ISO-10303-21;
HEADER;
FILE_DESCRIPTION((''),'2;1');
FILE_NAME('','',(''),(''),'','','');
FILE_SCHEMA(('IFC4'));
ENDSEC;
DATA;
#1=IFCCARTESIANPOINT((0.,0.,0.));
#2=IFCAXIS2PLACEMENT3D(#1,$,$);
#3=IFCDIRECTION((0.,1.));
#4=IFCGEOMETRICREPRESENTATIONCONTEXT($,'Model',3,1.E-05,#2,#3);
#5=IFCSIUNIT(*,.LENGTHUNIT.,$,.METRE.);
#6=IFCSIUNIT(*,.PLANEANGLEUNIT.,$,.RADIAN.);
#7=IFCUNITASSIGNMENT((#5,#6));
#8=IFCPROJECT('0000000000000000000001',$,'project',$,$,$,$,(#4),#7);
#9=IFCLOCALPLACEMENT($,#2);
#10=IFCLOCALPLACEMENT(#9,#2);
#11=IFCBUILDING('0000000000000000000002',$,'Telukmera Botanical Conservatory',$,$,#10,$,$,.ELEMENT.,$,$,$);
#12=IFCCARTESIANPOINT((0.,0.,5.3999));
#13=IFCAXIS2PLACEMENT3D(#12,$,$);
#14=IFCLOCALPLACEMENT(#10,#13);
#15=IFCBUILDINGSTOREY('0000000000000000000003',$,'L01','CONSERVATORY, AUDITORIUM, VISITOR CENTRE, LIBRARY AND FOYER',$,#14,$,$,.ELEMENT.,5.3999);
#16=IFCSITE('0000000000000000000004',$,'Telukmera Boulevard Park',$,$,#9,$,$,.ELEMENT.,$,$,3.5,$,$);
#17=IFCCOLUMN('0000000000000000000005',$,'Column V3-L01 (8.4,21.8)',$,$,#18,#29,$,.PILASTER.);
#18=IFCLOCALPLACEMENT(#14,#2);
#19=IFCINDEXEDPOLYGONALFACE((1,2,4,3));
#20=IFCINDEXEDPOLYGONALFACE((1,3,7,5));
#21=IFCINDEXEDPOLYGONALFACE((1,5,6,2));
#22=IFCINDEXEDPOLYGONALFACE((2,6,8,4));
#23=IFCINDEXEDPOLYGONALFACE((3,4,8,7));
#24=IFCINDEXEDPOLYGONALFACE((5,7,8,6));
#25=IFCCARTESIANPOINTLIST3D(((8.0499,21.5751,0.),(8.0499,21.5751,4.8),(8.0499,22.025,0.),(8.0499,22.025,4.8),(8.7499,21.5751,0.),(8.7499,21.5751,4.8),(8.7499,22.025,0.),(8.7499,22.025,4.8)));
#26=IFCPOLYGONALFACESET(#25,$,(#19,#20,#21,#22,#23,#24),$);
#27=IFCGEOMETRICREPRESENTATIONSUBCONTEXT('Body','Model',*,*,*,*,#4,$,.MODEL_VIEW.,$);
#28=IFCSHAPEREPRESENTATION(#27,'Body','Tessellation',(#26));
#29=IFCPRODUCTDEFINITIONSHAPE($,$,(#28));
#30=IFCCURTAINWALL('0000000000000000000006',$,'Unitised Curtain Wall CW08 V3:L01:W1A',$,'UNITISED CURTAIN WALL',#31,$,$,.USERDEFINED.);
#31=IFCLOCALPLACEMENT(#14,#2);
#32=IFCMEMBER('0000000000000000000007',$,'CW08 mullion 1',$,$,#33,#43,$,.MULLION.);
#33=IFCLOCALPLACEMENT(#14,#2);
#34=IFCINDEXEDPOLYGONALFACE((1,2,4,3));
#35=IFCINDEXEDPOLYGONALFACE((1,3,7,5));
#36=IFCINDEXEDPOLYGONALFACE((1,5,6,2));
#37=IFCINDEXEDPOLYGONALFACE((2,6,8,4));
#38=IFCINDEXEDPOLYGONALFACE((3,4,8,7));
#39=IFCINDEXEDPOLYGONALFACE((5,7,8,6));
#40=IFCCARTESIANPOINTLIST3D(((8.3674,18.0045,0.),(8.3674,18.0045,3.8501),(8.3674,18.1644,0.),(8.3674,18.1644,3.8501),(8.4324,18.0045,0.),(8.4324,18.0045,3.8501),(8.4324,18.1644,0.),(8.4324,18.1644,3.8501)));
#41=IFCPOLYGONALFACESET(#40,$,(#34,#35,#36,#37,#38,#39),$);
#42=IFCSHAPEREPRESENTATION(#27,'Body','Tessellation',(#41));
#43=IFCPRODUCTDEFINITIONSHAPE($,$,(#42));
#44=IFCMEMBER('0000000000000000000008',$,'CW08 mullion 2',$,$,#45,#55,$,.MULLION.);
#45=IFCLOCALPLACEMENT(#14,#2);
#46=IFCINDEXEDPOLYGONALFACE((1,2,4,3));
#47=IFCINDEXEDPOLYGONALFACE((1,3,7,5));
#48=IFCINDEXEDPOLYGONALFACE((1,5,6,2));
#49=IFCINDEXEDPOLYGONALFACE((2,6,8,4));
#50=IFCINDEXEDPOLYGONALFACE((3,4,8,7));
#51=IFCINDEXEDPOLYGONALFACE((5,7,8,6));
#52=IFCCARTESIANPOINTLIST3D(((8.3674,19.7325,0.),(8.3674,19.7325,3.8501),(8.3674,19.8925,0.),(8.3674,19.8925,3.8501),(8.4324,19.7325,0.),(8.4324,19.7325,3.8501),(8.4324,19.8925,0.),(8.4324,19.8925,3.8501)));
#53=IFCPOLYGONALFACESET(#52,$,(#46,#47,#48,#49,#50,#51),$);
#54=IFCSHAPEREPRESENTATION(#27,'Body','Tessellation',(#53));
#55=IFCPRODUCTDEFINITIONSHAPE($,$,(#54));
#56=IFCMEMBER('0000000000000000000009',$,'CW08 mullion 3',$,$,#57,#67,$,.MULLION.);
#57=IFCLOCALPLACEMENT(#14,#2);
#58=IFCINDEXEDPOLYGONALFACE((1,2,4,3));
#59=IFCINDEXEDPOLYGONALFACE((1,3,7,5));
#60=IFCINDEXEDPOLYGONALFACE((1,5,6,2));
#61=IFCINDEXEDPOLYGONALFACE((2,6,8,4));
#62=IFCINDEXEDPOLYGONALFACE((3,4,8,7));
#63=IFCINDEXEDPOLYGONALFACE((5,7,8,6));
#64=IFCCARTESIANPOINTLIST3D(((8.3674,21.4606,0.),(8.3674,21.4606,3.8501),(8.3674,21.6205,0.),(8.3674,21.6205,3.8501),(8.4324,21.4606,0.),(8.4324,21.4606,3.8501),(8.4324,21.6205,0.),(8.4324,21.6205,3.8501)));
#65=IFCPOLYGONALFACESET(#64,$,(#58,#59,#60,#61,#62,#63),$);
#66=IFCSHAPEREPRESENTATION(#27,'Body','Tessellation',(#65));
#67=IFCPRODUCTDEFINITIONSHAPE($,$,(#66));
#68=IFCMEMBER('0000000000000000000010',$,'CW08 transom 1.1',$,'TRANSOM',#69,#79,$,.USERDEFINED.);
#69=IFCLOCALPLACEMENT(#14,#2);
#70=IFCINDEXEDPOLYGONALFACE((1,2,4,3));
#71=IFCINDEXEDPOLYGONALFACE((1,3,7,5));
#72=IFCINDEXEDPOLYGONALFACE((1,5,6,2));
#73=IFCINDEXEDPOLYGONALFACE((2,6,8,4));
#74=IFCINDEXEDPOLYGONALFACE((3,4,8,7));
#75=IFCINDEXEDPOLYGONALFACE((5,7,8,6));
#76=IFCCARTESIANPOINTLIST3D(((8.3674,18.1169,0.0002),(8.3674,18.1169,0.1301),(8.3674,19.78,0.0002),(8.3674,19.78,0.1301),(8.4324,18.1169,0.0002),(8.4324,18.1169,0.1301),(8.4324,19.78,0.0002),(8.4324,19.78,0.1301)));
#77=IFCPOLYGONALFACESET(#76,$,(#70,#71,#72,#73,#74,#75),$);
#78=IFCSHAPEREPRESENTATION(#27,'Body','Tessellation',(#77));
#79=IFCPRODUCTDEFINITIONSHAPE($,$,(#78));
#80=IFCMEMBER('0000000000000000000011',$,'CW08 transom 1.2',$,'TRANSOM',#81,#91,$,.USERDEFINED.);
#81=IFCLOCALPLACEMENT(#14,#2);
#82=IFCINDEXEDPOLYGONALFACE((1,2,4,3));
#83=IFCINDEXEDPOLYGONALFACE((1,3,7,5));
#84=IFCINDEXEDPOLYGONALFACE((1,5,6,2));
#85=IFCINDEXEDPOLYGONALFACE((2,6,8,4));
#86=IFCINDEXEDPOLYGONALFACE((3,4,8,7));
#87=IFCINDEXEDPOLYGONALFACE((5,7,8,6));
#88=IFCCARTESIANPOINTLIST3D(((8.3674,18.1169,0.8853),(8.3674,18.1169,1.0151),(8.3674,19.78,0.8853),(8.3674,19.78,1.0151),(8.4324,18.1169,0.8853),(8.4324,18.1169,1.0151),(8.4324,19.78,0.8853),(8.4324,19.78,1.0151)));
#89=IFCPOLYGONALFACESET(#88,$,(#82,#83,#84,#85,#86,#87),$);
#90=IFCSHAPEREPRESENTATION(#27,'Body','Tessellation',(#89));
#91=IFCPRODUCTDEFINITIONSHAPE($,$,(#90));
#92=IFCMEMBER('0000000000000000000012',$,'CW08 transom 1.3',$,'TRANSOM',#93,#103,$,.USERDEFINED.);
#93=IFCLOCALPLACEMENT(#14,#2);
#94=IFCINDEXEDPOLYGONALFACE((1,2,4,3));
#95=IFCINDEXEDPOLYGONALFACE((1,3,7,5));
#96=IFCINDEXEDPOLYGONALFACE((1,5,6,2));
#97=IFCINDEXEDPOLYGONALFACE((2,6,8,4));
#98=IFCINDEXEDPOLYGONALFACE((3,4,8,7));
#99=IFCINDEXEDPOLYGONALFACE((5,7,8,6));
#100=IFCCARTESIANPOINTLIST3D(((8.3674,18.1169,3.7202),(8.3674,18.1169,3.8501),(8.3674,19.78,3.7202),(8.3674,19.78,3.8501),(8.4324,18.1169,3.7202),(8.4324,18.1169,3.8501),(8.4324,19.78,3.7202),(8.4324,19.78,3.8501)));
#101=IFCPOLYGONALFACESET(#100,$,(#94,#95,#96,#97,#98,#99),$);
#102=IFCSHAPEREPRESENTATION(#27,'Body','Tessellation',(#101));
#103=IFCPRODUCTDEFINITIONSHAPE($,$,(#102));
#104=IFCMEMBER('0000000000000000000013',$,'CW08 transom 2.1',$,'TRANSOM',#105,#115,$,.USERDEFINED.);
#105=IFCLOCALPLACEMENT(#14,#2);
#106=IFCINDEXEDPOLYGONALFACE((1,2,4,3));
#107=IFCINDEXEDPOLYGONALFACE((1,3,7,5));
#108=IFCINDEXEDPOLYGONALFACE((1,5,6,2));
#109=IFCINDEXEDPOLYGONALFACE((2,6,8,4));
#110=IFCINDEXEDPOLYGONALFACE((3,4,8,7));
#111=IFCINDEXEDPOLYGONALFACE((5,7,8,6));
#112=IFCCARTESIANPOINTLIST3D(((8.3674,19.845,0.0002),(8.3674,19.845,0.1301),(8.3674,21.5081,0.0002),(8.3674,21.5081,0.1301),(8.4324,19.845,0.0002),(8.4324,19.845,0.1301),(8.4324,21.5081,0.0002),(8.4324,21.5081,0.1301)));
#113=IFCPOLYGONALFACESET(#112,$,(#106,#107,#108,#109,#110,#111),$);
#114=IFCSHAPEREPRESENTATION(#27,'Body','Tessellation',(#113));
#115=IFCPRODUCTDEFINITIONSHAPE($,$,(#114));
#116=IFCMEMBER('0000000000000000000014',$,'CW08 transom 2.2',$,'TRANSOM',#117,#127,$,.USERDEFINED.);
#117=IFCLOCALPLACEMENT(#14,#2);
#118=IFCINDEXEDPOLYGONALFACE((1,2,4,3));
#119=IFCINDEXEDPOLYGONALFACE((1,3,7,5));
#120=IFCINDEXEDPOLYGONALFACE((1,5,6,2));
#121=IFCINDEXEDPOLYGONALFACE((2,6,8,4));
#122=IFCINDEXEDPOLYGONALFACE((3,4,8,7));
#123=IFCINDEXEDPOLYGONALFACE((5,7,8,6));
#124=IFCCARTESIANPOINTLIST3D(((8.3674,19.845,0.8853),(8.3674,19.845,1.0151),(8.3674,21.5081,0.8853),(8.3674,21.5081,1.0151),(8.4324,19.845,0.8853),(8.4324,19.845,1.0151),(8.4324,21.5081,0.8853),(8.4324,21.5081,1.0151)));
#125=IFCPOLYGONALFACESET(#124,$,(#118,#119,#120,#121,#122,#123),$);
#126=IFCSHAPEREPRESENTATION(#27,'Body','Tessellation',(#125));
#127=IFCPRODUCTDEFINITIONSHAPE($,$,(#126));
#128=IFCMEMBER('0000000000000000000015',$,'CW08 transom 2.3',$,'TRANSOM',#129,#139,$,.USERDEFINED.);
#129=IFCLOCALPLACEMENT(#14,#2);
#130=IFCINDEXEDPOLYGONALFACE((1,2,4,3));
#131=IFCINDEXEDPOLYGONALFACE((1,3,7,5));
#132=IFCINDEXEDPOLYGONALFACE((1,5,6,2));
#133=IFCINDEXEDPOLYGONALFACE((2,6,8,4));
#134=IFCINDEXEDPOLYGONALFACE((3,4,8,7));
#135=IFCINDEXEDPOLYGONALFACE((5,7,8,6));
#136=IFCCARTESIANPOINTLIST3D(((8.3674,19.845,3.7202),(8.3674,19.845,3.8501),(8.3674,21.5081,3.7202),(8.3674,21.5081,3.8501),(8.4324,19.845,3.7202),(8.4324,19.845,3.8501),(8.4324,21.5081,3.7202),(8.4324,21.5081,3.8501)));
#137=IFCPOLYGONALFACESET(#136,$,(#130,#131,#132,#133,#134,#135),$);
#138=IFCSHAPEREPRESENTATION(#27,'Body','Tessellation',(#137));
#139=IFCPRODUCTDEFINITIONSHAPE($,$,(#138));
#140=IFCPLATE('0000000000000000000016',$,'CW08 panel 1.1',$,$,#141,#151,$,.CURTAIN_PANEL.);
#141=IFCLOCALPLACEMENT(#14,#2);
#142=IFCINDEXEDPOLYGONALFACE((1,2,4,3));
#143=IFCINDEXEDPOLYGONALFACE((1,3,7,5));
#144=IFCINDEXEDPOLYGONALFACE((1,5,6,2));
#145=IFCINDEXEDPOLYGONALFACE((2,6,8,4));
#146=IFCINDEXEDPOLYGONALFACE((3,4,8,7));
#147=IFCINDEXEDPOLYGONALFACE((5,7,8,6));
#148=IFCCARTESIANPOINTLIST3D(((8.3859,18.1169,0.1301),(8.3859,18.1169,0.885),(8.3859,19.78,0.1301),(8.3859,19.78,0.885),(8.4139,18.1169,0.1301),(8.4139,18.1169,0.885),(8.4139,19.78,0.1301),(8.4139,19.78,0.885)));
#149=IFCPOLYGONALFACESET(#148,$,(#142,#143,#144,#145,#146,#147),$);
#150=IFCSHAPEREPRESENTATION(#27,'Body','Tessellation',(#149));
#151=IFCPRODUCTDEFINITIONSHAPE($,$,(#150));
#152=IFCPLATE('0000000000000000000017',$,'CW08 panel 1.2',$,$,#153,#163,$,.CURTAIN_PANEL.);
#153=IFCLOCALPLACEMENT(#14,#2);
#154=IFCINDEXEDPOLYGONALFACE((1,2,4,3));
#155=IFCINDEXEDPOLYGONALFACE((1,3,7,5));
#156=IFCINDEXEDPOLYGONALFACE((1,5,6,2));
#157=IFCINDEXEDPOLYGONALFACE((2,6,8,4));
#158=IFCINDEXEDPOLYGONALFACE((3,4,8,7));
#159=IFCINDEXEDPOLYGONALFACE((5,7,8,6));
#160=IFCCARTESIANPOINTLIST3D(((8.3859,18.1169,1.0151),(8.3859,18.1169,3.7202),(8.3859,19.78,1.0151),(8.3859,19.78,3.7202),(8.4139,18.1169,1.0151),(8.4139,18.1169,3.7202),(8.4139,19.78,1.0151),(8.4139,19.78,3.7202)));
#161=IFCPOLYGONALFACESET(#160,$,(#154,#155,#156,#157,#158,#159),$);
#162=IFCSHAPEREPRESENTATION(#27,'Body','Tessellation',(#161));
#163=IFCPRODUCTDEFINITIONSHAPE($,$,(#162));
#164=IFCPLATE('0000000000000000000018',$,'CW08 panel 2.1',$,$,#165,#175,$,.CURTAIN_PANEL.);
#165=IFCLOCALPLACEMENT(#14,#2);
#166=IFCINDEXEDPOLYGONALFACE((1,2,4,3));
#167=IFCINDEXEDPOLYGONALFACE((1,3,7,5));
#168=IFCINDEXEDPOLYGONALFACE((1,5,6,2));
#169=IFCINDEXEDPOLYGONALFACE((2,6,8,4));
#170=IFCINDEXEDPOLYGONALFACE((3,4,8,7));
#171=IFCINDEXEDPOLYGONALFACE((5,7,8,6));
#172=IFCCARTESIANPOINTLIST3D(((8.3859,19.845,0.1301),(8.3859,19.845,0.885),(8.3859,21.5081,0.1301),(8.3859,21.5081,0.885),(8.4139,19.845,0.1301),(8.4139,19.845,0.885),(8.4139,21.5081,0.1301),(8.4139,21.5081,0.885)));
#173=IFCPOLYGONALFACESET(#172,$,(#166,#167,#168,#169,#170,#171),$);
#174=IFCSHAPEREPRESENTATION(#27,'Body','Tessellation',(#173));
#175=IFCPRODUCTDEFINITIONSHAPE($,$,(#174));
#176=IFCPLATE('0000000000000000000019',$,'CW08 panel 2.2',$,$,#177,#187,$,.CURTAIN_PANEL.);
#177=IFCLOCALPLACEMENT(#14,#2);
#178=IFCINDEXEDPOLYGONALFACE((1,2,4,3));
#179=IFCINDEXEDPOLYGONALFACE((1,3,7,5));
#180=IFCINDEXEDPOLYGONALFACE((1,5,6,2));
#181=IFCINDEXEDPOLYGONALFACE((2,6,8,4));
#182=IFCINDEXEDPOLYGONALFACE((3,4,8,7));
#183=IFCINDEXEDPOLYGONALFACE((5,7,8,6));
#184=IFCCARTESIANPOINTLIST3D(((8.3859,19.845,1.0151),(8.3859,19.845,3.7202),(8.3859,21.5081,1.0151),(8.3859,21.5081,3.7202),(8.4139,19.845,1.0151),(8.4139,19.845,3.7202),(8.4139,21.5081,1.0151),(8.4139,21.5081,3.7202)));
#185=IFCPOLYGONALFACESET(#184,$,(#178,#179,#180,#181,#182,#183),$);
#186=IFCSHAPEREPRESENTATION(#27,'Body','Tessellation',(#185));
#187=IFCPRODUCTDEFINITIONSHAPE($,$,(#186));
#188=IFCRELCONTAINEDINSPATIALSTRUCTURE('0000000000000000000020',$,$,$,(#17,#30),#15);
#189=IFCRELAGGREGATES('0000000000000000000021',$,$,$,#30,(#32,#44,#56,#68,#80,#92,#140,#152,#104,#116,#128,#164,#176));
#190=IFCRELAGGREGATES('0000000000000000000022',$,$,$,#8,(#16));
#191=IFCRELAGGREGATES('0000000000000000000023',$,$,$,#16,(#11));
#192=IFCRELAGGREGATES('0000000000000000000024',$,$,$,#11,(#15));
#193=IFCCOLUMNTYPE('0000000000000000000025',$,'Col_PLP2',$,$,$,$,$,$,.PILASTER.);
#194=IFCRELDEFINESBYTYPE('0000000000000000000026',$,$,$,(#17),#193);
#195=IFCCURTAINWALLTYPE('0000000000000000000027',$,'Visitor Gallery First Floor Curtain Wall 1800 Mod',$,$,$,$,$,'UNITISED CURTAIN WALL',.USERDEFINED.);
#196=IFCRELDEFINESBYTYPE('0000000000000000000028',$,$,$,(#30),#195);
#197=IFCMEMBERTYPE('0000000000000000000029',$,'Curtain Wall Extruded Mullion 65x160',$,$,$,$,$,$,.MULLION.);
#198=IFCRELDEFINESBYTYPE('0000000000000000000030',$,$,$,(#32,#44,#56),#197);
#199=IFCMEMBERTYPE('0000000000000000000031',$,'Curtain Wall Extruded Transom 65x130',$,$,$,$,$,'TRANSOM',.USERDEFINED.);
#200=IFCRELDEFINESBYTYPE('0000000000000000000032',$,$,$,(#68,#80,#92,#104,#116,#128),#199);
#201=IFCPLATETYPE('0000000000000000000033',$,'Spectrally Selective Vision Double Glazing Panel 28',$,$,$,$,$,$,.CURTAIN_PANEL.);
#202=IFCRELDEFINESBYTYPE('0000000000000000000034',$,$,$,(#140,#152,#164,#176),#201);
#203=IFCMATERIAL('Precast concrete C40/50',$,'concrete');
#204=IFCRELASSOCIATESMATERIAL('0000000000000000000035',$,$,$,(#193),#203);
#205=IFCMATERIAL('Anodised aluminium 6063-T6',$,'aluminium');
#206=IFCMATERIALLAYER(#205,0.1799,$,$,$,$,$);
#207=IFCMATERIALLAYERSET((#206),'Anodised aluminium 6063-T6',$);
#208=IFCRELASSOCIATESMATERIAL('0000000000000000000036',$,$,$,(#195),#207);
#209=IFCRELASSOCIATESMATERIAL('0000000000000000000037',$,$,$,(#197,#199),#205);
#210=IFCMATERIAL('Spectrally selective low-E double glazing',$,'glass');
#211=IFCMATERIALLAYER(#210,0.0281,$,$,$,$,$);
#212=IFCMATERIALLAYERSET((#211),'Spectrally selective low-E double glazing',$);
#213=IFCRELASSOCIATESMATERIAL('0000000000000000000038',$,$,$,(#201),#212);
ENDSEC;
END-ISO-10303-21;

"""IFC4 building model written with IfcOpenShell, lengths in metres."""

from ifc_helpers import new_model, si_unit, direction, frame, origin, origin_2d, place, context, subcontext, project, spatial, rectangle, extrude, material, layer, layer_set, material_profile, profile_set, type_object, element, aggregate, save


model = new_model("IFC4")

# Units and contexts
model_context = context("Model", 3, precision=1e-05, world=origin(), true_north=direction((0.0, 1.0)))
body_context = subcontext(model_context, "Body", "Model", "MODEL_VIEW")
ifc_project = project(units=[si_unit("LENGTHUNIT", "METRE"), si_unit("PLANEANGLEUNIT", "RADIAN")], contexts=[model_context])

# Site, building, storey
site_placement = place(None, origin())
site = spatial("IfcSite", under=ifc_project, at=site_placement, Name="Telukmera Boulevard Park", CompositionType="ELEMENT", RefElevation=3.5)
building_placement = place(site_placement, origin())
building = spatial("IfcBuilding", under=site, at=building_placement, Name="Telukmera Botanical Conservatory", CompositionType="ELEMENT")
storey_placement = place(building_placement, frame((0.0, 0.0, 5.3999)))
storey = spatial("IfcBuildingStorey", under=building, at=storey_placement, Name="L01", Description="CONSERVATORY, AUDITORIUM, VISITOR CENTRE, LIBRARY AND FOYER", CompositionType="ELEMENT", Elevation=5.3999)

# Column
ifc_material_1 = material(Name="Precast concrete C40/50", Category="concrete")
ifc_material_profile_1 = material_profile(ifc_material_1, rectangle(XDim=0.7, YDim=0.45, at=origin_2d()), Name="PC 700x450")
ifc_profile_set_1 = profile_set([ifc_material_profile_1], Name="Precast concrete C40/50")
column_type = type_object("IfcColumnType", Name="Col_PLP2", PredefinedType="PILASTER", material=ifc_profile_set_1)
column_placement = place(storey_placement, frame((8.3999, 21.8, 0.0), z_axis=(0.0, 0.0, 1.0), x_axis=(1.0, 0.0, 0.0)))
element("IfcColumn", 1, at=column_placement, inside=storey, type_object=column_type, Name="Column V3-L01 (8.4,21.8)", PredefinedType="PILASTER", context=body_context, shape_type="SweptSolid", body=[
    extrude(rectangle(XDim=0.7, YDim=0.45, at=origin_2d()), origin(), (0.0, 0.0, 1.0), 4.8),
])

# Curtain wall, members, plates
ifc_material_2 = material(Name="Anodised aluminium 6063-T6", Category="aluminium")
ifc_layer_1 = layer(ifc_material_2, 0.1799)
ifc_layer_set_1 = layer_set([ifc_layer_1], Name="Anodised aluminium 6063-T6")
curtain_wall_type = type_object("IfcCurtainWallType", Name="Visitor Gallery First Floor Curtain Wall 1800 Mod", ElementType="UNITISED CURTAIN WALL", PredefinedType="USERDEFINED", material=ifc_layer_set_1)
curtain_wall_placement = place(storey_placement, origin())
curtain_wall = element("IfcCurtainWall", 2, at=curtain_wall_placement, inside=storey, type_object=curtain_wall_type, Name="Unitised Curtain Wall CW08 V3:L01:W1A", ObjectType="UNITISED CURTAIN WALL", PredefinedType="USERDEFINED")
ifc_material_profile_2 = material_profile(ifc_material_2, rectangle(XDim=0.0649, YDim=0.1599, at=origin_2d()), Name="ALU MULL 65x160")
ifc_profile_set_2 = profile_set([ifc_material_profile_2], Name="Anodised aluminium 6063-T6")
member_type_1 = type_object("IfcMemberType", Name="Curtain Wall Extruded Mullion 65x160", PredefinedType="MULLION", material=ifc_profile_set_2)
member_1_placement = place(storey_placement, frame((8.3999, 18.0845, 0.0), z_axis=(0.0, 0.0, 1.0), x_axis=(-1.0, 0.0, 0.0)))
member_1 = element("IfcMember", 3, at=member_1_placement, type_object=member_type_1, Name="CW08 mullion 1", PredefinedType="MULLION", context=body_context, shape_type="SweptSolid", body=[
    extrude(rectangle(XDim=0.0649, YDim=0.1599, at=origin_2d()), origin(), (0.0, 0.0, 1.0), 3.8501),
])
member_2_placement = place(storey_placement, frame((8.3999, 19.8125, 0.0), z_axis=(0.0, 0.0, 1.0), x_axis=(-1.0, 0.0, 0.0)))
member_2 = element("IfcMember", 4, at=member_2_placement, type_object=member_type_1, Name="CW08 mullion 2", PredefinedType="MULLION", context=body_context, shape_type="SweptSolid", body=[
    extrude(rectangle(XDim=0.0649, YDim=0.1599, at=origin_2d()), origin(), (0.0, 0.0, 1.0), 3.8501),
])
member_3_placement = place(storey_placement, frame((8.3999, 21.5405, 0.0), z_axis=(0.0, 0.0, 1.0), x_axis=(-1.0, 0.0, 0.0)))
member_3 = element("IfcMember", 5, at=member_3_placement, type_object=member_type_1, Name="CW08 mullion 3", PredefinedType="MULLION", context=body_context, shape_type="SweptSolid", body=[
    extrude(rectangle(XDim=0.0649, YDim=0.1599, at=origin_2d()), origin(), (0.0, 0.0, 1.0), 3.8501),
])
ifc_material_profile_3 = material_profile(ifc_material_2, rectangle(XDim=0.0649, YDim=0.1299, at=origin_2d()), Name="ALU TRAN 65x130")
ifc_profile_set_3 = profile_set([ifc_material_profile_3], Name="Anodised aluminium 6063-T6")
member_type_2 = type_object("IfcMemberType", Name="Curtain Wall Extruded Transom 65x130", ElementType="TRANSOM", PredefinedType="USERDEFINED", material=ifc_profile_set_3)
member_4_placement = place(storey_placement, frame((8.3999, 18.1169, 0.0652), z_axis=(0.0, 1.0, 0.0), x_axis=(-1.0, 0.0, 0.0)))
member_4 = element("IfcMember", 6, at=member_4_placement, type_object=member_type_2, Name="CW08 transom 1.1", ObjectType="TRANSOM", PredefinedType="USERDEFINED", context=body_context, shape_type="SweptSolid", body=[
    extrude(rectangle(XDim=0.0649, YDim=0.1299, at=origin_2d()), origin(), (0.0, 0.0, 1.0), 1.6631),
])
member_5_placement = place(storey_placement, frame((8.3999, 18.1169, 0.9502), z_axis=(0.0, 1.0, 0.0), x_axis=(-1.0, 0.0, 0.0)))
member_5 = element("IfcMember", 7, at=member_5_placement, type_object=member_type_2, Name="CW08 transom 1.2", ObjectType="TRANSOM", PredefinedType="USERDEFINED", context=body_context, shape_type="SweptSolid", body=[
    extrude(rectangle(XDim=0.0649, YDim=0.1299, at=origin_2d()), origin(), (0.0, 0.0, 1.0), 1.6631),
])
member_6_placement = place(storey_placement, frame((8.3999, 18.1169, 3.7852), z_axis=(0.0, 1.0, 0.0), x_axis=(-1.0, 0.0, 0.0)))
member_6 = element("IfcMember", 8, at=member_6_placement, type_object=member_type_2, Name="CW08 transom 1.3", ObjectType="TRANSOM", PredefinedType="USERDEFINED", context=body_context, shape_type="SweptSolid", body=[
    extrude(rectangle(XDim=0.0649, YDim=0.1299, at=origin_2d()), origin(), (0.0, 0.0, 1.0), 1.6631),
])
member_7_placement = place(storey_placement, frame((8.3999, 19.845, 0.0652), z_axis=(0.0, 1.0, 0.0), x_axis=(-1.0, 0.0, 0.0)))
member_7 = element("IfcMember", 9, at=member_7_placement, type_object=member_type_2, Name="CW08 transom 2.1", ObjectType="TRANSOM", PredefinedType="USERDEFINED", context=body_context, shape_type="SweptSolid", body=[
    extrude(rectangle(XDim=0.0649, YDim=0.1299, at=origin_2d()), origin(), (0.0, 0.0, 1.0), 1.6631),
])
member_8_placement = place(storey_placement, frame((8.3999, 19.845, 0.9502), z_axis=(0.0, 1.0, 0.0), x_axis=(-1.0, 0.0, 0.0)))
member_8 = element("IfcMember", 10, at=member_8_placement, type_object=member_type_2, Name="CW08 transom 2.2", ObjectType="TRANSOM", PredefinedType="USERDEFINED", context=body_context, shape_type="SweptSolid", body=[
    extrude(rectangle(XDim=0.0649, YDim=0.1299, at=origin_2d()), origin(), (0.0, 0.0, 1.0), 1.6631),
])
member_9_placement = place(storey_placement, frame((8.3999, 19.845, 3.7852), z_axis=(0.0, 1.0, 0.0), x_axis=(-1.0, 0.0, 0.0)))
member_9 = element("IfcMember", 11, at=member_9_placement, type_object=member_type_2, Name="CW08 transom 2.3", ObjectType="TRANSOM", PredefinedType="USERDEFINED", context=body_context, shape_type="SweptSolid", body=[
    extrude(rectangle(XDim=0.0649, YDim=0.1299, at=origin_2d()), origin(), (0.0, 0.0, 1.0), 1.6631),
])
ifc_material_3 = material(Name="Spectrally selective low-E double glazing", Category="glass")
ifc_layer_2 = layer(ifc_material_3, 0.0281)
ifc_layer_set_2 = layer_set([ifc_layer_2], Name="Spectrally selective low-E double glazing")
plate_type = type_object("IfcPlateType", Name="Spectrally Selective Vision Double Glazing Panel 28", PredefinedType="CURTAIN_PANEL", material=ifc_layer_set_2)
plate_1_placement = place(storey_placement, frame((8.3999, 18.9485, 0.1301), z_axis=(0.0, 0.0, 1.0), x_axis=(0.0, 1.0, 0.0)))
plate_1 = element("IfcPlate", 12, at=plate_1_placement, type_object=plate_type, Name="CW08 panel 1.1", PredefinedType="CURTAIN_PANEL", context=body_context, shape_type="SweptSolid", body=[
    extrude(rectangle(XDim=1.6631, YDim=0.0281, at=origin_2d()), origin(), (0.0, 0.0, 1.0), 0.7549),
])
plate_2_placement = place(storey_placement, frame((8.3999, 18.9485, 1.0151), z_axis=(0.0, 0.0, 1.0), x_axis=(0.0, 1.0, 0.0)))
plate_2 = element("IfcPlate", 13, at=plate_2_placement, type_object=plate_type, Name="CW08 panel 1.2", PredefinedType="CURTAIN_PANEL", context=body_context, shape_type="SweptSolid", body=[
    extrude(rectangle(XDim=1.6631, YDim=0.0281, at=origin_2d()), origin(), (0.0, 0.0, 1.0), 2.7051),
])
plate_3_placement = place(storey_placement, frame((8.3999, 20.6765, 0.1301), z_axis=(0.0, 0.0, 1.0), x_axis=(0.0, 1.0, 0.0)))
plate_3 = element("IfcPlate", 14, at=plate_3_placement, type_object=plate_type, Name="CW08 panel 2.1", PredefinedType="CURTAIN_PANEL", context=body_context, shape_type="SweptSolid", body=[
    extrude(rectangle(XDim=1.6631, YDim=0.0281, at=origin_2d()), origin(), (0.0, 0.0, 1.0), 0.7549),
])
plate_4_placement = place(storey_placement, frame((8.3999, 20.6765, 1.0151), z_axis=(0.0, 0.0, 1.0), x_axis=(0.0, 1.0, 0.0)))
plate_4 = element("IfcPlate", 15, at=plate_4_placement, type_object=plate_type, Name="CW08 panel 2.2", PredefinedType="CURTAIN_PANEL", context=body_context, shape_type="SweptSolid", body=[
    extrude(rectangle(XDim=1.6631, YDim=0.0281, at=origin_2d()), origin(), (0.0, 0.0, 1.0), 2.7051),
])
aggregate(curtain_wall, [member_1, member_2, member_3, member_4, member_5, member_6, plate_1, plate_2, member_7, member_8, member_9, plate_3, plate_4])

save(model, "model.ifc")
